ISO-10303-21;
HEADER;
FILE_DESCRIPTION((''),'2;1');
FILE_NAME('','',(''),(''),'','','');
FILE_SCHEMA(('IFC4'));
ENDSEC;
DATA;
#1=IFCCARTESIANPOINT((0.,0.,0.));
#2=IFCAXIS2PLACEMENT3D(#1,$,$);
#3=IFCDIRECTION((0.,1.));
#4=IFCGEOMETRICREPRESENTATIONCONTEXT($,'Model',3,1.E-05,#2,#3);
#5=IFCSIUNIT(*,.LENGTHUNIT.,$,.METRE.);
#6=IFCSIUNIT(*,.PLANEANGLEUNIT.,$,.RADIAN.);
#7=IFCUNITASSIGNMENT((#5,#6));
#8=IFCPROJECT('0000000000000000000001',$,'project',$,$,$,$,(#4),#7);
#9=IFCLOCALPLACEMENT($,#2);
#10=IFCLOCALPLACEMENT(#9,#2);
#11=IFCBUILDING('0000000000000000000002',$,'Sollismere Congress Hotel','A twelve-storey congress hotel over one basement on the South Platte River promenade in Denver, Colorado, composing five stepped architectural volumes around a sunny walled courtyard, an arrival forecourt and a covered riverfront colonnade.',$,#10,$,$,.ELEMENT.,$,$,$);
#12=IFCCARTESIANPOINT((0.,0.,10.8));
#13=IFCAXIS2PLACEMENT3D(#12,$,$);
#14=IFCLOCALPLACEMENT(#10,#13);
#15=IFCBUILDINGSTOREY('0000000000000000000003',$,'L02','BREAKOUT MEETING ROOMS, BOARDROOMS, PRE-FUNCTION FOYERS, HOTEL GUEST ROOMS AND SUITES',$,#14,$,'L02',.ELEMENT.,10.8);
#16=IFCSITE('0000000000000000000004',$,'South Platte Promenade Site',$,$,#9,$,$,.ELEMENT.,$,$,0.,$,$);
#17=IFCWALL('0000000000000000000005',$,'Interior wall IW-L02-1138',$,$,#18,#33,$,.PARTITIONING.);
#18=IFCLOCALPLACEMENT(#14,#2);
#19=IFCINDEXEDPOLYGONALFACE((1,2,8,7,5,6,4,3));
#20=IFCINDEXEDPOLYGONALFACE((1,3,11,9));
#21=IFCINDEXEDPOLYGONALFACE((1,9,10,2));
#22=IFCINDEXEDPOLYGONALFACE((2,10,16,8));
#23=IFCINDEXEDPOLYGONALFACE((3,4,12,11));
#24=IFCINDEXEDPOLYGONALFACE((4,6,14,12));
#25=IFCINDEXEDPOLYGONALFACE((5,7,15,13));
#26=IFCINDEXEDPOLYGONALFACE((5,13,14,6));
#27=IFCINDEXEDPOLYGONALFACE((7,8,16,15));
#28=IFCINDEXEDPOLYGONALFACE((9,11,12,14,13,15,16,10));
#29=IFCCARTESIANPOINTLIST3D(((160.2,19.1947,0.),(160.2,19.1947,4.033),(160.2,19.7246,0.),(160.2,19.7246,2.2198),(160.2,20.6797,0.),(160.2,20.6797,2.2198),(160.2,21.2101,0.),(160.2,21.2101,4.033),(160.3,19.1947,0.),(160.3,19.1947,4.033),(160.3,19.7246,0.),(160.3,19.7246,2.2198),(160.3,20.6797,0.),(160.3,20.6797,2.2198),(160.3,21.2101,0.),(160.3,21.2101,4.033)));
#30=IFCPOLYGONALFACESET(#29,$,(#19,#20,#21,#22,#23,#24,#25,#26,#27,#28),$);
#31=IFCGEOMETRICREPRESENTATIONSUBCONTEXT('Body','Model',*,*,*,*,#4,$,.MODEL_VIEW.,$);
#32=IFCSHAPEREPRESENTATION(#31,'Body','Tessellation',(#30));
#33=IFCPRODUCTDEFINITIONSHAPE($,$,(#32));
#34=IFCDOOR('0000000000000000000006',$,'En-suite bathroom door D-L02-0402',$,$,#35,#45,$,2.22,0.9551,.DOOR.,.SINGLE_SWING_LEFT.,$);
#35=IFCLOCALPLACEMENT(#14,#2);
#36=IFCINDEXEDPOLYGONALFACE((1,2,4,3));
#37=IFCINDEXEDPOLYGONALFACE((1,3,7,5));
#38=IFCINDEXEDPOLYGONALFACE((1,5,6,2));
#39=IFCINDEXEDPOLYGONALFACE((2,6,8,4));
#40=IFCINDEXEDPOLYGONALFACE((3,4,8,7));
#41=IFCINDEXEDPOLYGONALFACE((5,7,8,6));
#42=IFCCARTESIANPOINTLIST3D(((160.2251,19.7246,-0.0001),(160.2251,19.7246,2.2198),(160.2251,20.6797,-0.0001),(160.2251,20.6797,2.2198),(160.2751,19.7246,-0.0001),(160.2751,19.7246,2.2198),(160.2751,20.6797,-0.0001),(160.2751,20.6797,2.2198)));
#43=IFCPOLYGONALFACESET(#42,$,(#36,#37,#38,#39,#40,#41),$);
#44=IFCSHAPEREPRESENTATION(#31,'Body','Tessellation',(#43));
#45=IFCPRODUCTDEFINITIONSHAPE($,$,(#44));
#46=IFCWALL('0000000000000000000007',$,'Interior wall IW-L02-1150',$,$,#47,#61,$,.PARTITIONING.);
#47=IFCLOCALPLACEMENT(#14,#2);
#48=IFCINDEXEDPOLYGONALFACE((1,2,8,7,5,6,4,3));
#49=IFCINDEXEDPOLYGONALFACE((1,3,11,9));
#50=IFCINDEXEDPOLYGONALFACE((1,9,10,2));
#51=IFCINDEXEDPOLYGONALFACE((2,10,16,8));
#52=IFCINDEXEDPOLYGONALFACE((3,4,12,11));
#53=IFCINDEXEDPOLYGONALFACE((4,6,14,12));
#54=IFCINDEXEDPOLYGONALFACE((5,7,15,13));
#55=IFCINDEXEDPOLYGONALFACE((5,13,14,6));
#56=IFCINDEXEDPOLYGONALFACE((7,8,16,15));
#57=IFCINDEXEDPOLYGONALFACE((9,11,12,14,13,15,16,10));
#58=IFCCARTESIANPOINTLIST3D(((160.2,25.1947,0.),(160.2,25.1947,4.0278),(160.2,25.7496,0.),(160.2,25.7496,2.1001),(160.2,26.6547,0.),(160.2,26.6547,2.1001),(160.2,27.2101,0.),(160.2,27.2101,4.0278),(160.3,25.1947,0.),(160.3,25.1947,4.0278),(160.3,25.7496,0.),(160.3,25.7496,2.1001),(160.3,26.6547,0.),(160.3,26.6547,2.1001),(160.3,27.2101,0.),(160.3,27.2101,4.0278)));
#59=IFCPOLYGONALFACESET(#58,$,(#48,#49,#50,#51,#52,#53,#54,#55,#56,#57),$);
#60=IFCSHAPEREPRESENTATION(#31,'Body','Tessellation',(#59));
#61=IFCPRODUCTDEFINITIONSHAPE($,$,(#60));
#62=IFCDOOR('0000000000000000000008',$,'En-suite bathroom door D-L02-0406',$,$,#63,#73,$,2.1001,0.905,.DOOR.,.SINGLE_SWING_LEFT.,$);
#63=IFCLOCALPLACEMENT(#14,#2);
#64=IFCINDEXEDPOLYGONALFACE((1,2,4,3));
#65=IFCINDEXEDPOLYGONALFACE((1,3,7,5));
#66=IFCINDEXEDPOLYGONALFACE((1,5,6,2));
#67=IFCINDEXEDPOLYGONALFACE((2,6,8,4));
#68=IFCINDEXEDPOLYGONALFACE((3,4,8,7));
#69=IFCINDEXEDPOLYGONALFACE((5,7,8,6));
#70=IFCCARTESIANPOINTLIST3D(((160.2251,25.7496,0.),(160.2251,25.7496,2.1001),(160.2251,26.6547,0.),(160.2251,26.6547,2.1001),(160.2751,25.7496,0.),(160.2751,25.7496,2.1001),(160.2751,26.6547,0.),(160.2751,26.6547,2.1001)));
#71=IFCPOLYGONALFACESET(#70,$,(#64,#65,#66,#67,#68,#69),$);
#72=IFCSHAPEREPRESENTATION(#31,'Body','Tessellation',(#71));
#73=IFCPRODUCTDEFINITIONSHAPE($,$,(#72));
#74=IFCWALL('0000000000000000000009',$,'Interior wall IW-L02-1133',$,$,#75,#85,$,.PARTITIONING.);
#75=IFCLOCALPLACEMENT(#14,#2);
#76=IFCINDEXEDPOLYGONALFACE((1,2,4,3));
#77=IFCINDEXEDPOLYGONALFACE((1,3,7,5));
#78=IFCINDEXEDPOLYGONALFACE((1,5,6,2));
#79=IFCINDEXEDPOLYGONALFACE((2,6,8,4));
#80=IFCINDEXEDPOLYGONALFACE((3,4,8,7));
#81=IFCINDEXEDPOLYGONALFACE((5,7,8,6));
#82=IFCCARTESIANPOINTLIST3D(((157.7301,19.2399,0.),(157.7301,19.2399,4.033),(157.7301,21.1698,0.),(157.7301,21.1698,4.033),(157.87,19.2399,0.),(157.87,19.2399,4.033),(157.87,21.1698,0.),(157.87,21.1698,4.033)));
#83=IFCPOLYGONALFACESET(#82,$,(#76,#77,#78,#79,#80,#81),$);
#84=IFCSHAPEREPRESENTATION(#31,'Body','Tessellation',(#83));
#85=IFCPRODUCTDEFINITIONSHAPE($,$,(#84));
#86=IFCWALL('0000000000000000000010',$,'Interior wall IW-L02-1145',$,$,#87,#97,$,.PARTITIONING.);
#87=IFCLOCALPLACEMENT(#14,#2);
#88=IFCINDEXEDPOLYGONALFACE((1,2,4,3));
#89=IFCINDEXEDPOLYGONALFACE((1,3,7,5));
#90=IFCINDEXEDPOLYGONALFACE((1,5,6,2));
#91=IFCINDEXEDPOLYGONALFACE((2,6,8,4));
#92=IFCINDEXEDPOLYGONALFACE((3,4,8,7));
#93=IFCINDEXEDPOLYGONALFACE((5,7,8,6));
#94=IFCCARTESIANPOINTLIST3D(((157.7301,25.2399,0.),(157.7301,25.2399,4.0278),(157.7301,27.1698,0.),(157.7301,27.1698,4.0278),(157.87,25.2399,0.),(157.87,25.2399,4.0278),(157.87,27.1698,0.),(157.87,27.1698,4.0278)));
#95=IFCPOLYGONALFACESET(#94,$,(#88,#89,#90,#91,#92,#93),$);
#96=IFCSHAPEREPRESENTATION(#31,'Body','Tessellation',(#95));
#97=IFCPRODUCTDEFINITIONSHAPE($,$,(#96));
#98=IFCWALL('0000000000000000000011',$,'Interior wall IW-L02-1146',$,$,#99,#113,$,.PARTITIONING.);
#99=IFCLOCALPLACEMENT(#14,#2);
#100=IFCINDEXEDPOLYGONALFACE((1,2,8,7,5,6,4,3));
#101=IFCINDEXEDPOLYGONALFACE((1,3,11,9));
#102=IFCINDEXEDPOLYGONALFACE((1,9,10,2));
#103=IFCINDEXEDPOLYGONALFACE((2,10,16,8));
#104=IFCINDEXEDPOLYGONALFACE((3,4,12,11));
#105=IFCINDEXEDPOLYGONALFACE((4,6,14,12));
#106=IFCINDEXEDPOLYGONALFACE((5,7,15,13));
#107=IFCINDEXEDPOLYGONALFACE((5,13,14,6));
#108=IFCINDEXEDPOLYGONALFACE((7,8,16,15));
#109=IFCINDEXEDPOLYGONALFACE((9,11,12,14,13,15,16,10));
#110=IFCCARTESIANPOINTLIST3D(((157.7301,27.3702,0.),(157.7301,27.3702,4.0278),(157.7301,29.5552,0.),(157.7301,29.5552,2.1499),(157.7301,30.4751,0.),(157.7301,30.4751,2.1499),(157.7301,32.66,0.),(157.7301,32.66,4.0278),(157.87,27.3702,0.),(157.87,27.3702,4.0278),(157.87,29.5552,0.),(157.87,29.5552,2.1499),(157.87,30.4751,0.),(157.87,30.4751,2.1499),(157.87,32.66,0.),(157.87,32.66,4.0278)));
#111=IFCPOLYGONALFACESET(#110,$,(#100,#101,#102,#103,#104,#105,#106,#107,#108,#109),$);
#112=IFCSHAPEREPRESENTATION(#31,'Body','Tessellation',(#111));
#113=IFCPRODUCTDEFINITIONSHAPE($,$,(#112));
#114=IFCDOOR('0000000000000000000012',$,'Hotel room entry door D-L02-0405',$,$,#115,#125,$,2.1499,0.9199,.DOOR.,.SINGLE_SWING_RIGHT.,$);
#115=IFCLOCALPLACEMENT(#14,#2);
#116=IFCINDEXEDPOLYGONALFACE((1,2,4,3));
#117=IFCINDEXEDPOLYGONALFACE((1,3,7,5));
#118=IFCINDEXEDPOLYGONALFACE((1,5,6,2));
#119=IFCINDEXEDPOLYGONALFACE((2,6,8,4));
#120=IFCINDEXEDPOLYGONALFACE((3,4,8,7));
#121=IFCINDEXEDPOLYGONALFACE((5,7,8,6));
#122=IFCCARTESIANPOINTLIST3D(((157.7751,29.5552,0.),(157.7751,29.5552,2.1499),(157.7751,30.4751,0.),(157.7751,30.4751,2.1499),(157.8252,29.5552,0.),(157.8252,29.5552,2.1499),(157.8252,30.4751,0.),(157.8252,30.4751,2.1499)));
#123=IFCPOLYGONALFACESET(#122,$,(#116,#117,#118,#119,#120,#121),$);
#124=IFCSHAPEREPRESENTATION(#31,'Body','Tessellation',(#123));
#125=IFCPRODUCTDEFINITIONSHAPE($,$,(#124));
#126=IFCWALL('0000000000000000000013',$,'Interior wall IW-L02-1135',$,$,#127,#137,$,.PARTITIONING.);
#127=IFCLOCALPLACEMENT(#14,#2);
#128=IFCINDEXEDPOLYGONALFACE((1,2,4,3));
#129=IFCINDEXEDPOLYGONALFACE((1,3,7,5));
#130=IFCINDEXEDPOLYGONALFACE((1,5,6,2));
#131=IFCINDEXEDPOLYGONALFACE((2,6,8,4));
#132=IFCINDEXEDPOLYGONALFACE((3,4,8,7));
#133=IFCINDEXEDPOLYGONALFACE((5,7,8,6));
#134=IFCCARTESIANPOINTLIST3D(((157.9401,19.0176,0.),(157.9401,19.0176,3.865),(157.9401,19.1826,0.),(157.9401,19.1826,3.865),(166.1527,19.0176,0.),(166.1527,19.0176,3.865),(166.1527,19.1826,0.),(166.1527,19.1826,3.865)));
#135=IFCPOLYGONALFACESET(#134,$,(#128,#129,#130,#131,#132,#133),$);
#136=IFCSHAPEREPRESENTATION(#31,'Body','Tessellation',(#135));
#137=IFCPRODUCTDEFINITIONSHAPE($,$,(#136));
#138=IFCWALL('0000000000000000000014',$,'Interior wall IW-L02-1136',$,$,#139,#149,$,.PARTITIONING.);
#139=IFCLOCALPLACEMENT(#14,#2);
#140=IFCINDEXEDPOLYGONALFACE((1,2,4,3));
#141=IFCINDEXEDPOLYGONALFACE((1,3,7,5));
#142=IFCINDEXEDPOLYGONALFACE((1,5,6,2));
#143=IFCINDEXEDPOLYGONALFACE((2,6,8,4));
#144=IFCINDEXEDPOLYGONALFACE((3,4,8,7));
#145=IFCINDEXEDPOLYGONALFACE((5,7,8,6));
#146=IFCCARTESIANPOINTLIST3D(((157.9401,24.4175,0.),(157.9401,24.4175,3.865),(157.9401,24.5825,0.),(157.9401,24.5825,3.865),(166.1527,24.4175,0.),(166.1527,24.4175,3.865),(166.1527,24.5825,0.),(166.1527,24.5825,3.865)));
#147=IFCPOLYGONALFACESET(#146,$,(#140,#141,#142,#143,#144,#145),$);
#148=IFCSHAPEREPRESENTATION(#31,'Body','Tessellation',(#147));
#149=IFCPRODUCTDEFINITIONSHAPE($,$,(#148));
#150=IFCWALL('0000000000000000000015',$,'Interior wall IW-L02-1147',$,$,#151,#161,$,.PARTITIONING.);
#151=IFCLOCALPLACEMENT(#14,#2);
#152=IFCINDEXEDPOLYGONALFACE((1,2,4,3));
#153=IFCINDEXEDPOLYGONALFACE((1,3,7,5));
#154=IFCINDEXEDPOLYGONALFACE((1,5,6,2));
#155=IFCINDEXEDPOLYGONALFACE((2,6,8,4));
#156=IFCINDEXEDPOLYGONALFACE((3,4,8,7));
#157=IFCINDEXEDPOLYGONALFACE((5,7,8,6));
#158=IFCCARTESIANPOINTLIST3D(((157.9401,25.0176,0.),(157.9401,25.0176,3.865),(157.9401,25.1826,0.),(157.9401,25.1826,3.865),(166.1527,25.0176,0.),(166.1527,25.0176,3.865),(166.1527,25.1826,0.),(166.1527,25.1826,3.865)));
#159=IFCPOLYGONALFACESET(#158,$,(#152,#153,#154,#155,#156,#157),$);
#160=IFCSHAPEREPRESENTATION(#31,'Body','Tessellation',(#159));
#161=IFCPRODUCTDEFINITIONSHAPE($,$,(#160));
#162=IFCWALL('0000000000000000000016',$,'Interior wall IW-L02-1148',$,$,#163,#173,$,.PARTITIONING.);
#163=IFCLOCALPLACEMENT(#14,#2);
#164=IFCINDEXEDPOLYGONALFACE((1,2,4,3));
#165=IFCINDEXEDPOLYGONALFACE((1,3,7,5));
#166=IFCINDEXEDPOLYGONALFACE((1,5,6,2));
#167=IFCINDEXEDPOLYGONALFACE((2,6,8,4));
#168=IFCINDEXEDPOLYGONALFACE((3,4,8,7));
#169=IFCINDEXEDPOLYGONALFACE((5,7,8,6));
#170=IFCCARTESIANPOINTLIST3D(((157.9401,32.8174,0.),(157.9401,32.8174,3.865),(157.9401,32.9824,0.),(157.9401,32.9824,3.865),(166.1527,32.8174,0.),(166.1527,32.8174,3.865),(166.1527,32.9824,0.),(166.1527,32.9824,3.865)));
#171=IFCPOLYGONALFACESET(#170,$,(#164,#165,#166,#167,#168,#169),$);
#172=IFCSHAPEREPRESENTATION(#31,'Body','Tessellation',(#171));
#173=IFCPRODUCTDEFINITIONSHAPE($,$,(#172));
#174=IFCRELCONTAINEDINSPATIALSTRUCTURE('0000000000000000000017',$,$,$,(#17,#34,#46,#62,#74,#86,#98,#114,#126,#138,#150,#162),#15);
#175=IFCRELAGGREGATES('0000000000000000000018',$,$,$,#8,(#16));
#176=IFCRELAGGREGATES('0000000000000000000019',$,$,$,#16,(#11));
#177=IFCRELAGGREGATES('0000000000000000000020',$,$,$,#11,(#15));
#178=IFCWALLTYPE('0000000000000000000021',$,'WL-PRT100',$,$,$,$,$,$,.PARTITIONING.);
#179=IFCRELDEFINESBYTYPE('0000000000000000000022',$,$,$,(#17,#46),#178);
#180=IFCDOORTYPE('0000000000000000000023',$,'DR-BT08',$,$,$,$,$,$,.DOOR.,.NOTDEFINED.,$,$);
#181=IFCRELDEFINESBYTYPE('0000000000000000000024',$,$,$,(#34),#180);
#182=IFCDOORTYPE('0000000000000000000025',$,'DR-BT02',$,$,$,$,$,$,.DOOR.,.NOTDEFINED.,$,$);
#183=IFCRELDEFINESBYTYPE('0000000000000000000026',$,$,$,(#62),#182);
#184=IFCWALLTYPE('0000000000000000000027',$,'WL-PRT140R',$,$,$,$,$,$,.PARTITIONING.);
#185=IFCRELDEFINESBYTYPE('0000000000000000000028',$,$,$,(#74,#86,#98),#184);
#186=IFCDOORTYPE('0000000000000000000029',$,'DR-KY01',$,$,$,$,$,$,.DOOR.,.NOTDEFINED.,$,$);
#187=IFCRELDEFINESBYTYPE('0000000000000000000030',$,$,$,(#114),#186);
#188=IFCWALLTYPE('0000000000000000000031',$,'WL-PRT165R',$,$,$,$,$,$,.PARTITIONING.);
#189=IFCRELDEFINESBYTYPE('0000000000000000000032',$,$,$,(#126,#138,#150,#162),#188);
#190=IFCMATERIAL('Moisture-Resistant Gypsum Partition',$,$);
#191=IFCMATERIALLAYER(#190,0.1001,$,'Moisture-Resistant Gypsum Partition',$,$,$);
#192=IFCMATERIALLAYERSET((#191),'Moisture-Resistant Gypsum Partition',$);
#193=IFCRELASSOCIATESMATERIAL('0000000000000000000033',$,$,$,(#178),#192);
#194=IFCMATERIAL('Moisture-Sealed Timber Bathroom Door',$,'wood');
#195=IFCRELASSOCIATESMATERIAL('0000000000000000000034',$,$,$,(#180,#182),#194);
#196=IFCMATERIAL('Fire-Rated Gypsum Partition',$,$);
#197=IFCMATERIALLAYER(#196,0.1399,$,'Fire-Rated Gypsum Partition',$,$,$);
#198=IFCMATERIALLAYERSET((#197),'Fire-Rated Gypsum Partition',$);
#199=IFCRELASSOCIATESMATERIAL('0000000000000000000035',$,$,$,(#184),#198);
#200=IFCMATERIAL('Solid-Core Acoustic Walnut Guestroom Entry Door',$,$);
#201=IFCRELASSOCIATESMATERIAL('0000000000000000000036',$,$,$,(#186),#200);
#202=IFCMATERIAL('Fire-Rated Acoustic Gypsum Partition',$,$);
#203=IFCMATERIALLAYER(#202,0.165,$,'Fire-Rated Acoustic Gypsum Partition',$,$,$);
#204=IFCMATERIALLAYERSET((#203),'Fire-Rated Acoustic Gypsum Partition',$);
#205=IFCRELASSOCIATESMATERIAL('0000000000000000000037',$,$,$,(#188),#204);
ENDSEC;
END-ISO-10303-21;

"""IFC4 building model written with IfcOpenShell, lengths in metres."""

from ifc_helpers import new_model, si_unit, direction, frame, frame_2d, origin, place, context, subcontext, project, spatial, rectangle, extrude, material, layer, layer_set, type_object, element, fill, save


model = new_model("IFC4")

# Units and contexts
model_context = context("Model", 3, precision=1e-05, world=origin(), true_north=direction((0.0, 1.0)))
body_context = subcontext(model_context, "Body", "Model", "MODEL_VIEW")
ifc_project = project(units=[si_unit("LENGTHUNIT", "METRE"), si_unit("PLANEANGLEUNIT", "RADIAN")], contexts=[model_context])

# Site, building, storey
site_placement = place(None, origin())
site = spatial("IfcSite", under=ifc_project, at=site_placement, Name="South Platte Promenade Site", CompositionType="ELEMENT", RefElevation=0.0)
building_placement = place(site_placement, origin())
building = spatial("IfcBuilding", under=site, at=building_placement, Name="Sollismere Congress Hotel", Description="A twelve-storey congress hotel over one basement on the South Platte River promenade in Denver, Colorado, composing five stepped architectural volumes around a sunny walled courtyard, an arrival forecourt and a covered riverfront colonnade.", CompositionType="ELEMENT")
storey_placement = place(building_placement, frame((0.0, 0.0, 10.8)))
storey = spatial("IfcBuildingStorey", under=building, at=storey_placement, Name="L02", Description="BREAKOUT MEETING ROOMS, BOARDROOMS, PRE-FUNCTION FOYERS, HOTEL GUEST ROOMS AND SUITES", LongName="L02", CompositionType="ELEMENT", Elevation=10.8)

# Walls, openings, doors
ifc_material_1 = material(Name="Moisture-Resistant Gypsum Partition")
ifc_layer_1 = layer(ifc_material_1, 0.1001, Name="Moisture-Resistant Gypsum Partition")
ifc_layer_set_1 = layer_set([ifc_layer_1], Name="Moisture-Resistant Gypsum Partition")
wall_type_1 = type_object("IfcWallType", Name="WL-PRT100", PredefinedType="PARTITIONING", material=ifc_layer_set_1)
wall_1_placement = place(storey_placement, frame((160.25, 19.1946, 0.0), z_axis=(0.0, 0.0, 1.0), x_axis=(0.0, 1.0, 0.0)))
wall_1 = element("IfcWall", 1, at=wall_1_placement, inside=storey, type_object=wall_type_1, Name="Interior wall IW-L02-1138", PredefinedType="PARTITIONING", context=body_context, shape_type="SweptSolid", body=[
    extrude(rectangle(XDim=2.0154, YDim=0.1001, at=frame_2d((1.0078, 0.0))), origin(), (0.0, 0.0, 1.0), 4.033),
])
opening_1_placement = place(wall_1_placement, frame((0.53, 0.0, 0.0)))
opening_1 = element("IfcOpeningElement", 2, at=opening_1_placement, cuts=wall_1, PredefinedType="OPENING", context=body_context, shape_type="SweptSolid", body=[
    extrude(rectangle(XDim=0.9551, YDim=2.22, at=frame_2d((0.4775, 1.1099))), frame((0.0, 0.0601, 0.0), z_axis=(0.0, -1.0, 0.0), x_axis=(1.0, 0.0, 0.0)), (0.0, 0.0, 1.0), 0.1201),
])
ifc_material_2 = material(Name="Moisture-Sealed Timber Bathroom Door", Category="wood")
door_type_1 = type_object("IfcDoorType", Name="DR-BT08", OperationType="NOTDEFINED", PredefinedType="DOOR", material=ifc_material_2)
door_1_placement = place(opening_1_placement, origin())
door_1 = element("IfcDoor", 3, at=door_1_placement, inside=storey, type_object=door_type_1, Name="En-suite bathroom door D-L02-0402", OperationType="SINGLE_SWING_LEFT", OverallHeight=2.22, OverallWidth=0.9551, PredefinedType="DOOR", context=body_context, shape_type="SweptSolid", body=[
    extrude(rectangle(XDim=0.9551, YDim=2.22, at=frame_2d((0.4775, 1.1099))), frame((0.0, 0.0249, 0.0), z_axis=(0.0, -1.0, 0.0), x_axis=(1.0, 0.0, 0.0)), (0.0, 0.0, 1.0), 0.05),
])
fill(opening_1, door_1)
wall_2_placement = place(storey_placement, frame((160.25, 25.1946, 0.0), z_axis=(0.0, 0.0, 1.0), x_axis=(0.0, 1.0, 0.0)))
wall_2 = element("IfcWall", 4, at=wall_2_placement, inside=storey, type_object=wall_type_1, Name="Interior wall IW-L02-1150", PredefinedType="PARTITIONING", context=body_context, shape_type="SweptSolid", body=[
    extrude(rectangle(XDim=2.0154, YDim=0.1001, at=frame_2d((1.0078, 0.0))), origin(), (0.0, 0.0, 1.0), 4.0278),
])
opening_2_placement = place(wall_2_placement, frame((0.5549, 0.0, 0.0)))
opening_2 = element("IfcOpeningElement", 5, at=opening_2_placement, cuts=wall_2, PredefinedType="OPENING", context=body_context, shape_type="SweptSolid", body=[
    extrude(rectangle(XDim=0.905, YDim=2.1001, at=frame_2d((0.4526, 1.05))), frame((0.0, 0.0601, 0.0), z_axis=(0.0, -1.0, 0.0), x_axis=(1.0, 0.0, 0.0)), (0.0, 0.0, 1.0), 0.1201),
])
door_type_2 = type_object("IfcDoorType", Name="DR-BT02", OperationType="NOTDEFINED", PredefinedType="DOOR", material=ifc_material_2)
door_2_placement = place(opening_2_placement, origin())
door_2 = element("IfcDoor", 6, at=door_2_placement, inside=storey, type_object=door_type_2, Name="En-suite bathroom door D-L02-0406", OperationType="SINGLE_SWING_LEFT", OverallHeight=2.1001, OverallWidth=0.905, PredefinedType="DOOR", context=body_context, shape_type="SweptSolid", body=[
    extrude(rectangle(XDim=0.905, YDim=2.1001, at=frame_2d((0.4526, 1.05))), frame((0.0, 0.0249, 0.0), z_axis=(0.0, -1.0, 0.0), x_axis=(1.0, 0.0, 0.0)), (0.0, 0.0, 1.0), 0.05),
])
fill(opening_2, door_2)

# Wall
ifc_material_3 = material(Name="Fire-Rated Gypsum Partition")
ifc_layer_2 = layer(ifc_material_3, 0.1399, Name="Fire-Rated Gypsum Partition")
ifc_layer_set_2 = layer_set([ifc_layer_2], Name="Fire-Rated Gypsum Partition")
wall_type_2 = type_object("IfcWallType", Name="WL-PRT140R", PredefinedType="PARTITIONING", material=ifc_layer_set_2)
wall_3_placement = place(storey_placement, frame((157.8, 19.24, 0.0), z_axis=(0.0, 0.0, 1.0), x_axis=(0.0, 1.0, 0.0)))
element("IfcWall", 7, at=wall_3_placement, inside=storey, type_object=wall_type_2, Name="Interior wall IW-L02-1133", PredefinedType="PARTITIONING", context=body_context, shape_type="SweptSolid", body=[
    extrude(rectangle(XDim=1.9299, YDim=0.1399, at=frame_2d((0.9648, 0.0))), origin(), (0.0, 0.0, 1.0), 4.033),
])

# Shared definitions
ifc_material_4 = material(Name="Solid-Core Acoustic Walnut Guestroom Entry Door")

# Wall
wall_4_placement = place(storey_placement, frame((157.8, 25.24, 0.0), z_axis=(0.0, 0.0, 1.0), x_axis=(0.0, 1.0, 0.0)))
element("IfcWall", 8, at=wall_4_placement, inside=storey, type_object=wall_type_2, Name="Interior wall IW-L02-1145", PredefinedType="PARTITIONING", context=body_context, shape_type="SweptSolid", body=[
    extrude(rectangle(XDim=1.9299, YDim=0.1399, at=frame_2d((0.9648, 0.0))), origin(), (0.0, 0.0, 1.0), 4.0278),
])

# Wall, opening, door
wall_5_placement = place(storey_placement, frame((157.8, 27.3701, 0.0), z_axis=(0.0, 0.0, 1.0), x_axis=(0.0, 1.0, 0.0)))
wall_5 = element("IfcWall", 9, at=wall_5_placement, inside=storey, type_object=wall_type_2, Name="Interior wall IW-L02-1146", PredefinedType="PARTITIONING", context=body_context, shape_type="SweptSolid", body=[
    extrude(rectangle(XDim=5.2898, YDim=0.1399, at=frame_2d((2.645, 0.0))), origin(), (0.0, 0.0, 1.0), 4.0278),
])
opening_3_placement = place(wall_5_placement, frame((2.1851, 0.0, 0.0)))
opening_3 = element("IfcOpeningElement", 10, at=opening_3_placement, cuts=wall_5, PredefinedType="OPENING", context=body_context, shape_type="SweptSolid", body=[
    extrude(rectangle(XDim=0.9199, YDim=2.1499, at=frame_2d((0.46, 1.075))), frame((0.0, 0.0798, 0.0), z_axis=(0.0, -1.0, 0.0), x_axis=(1.0, 0.0, 0.0)), (0.0, 0.0, 1.0), 0.1599),
])
door_type_3 = type_object("IfcDoorType", Name="DR-KY01", OperationType="NOTDEFINED", PredefinedType="DOOR", material=ifc_material_4)
door_3_placement = place(opening_3_placement, origin())
door_3 = element("IfcDoor", 11, at=door_3_placement, inside=storey, type_object=door_type_3, Name="Hotel room entry door D-L02-0405", OperationType="SINGLE_SWING_RIGHT", OverallHeight=2.1499, OverallWidth=0.9199, PredefinedType="DOOR", context=body_context, shape_type="SweptSolid", body=[
    extrude(rectangle(XDim=0.9199, YDim=2.1499, at=frame_2d((0.46, 1.075))), frame((0.0, 0.0249, 0.0), z_axis=(0.0, -1.0, 0.0), x_axis=(1.0, 0.0, 0.0)), (0.0, 0.0, 1.0), 0.05),
])
fill(opening_3, door_3)

# Walls
ifc_material_5 = material(Name="Fire-Rated Acoustic Gypsum Partition")
ifc_layer_3 = layer(ifc_material_5, 0.165, Name="Fire-Rated Acoustic Gypsum Partition")
ifc_layer_set_3 = layer_set([ifc_layer_3], Name="Fire-Rated Acoustic Gypsum Partition")
wall_type_3 = type_object("IfcWallType", Name="WL-PRT165R", PredefinedType="PARTITIONING", material=ifc_layer_set_3)
for number, where, z_axis, x_axis, name in (
    (12, (157.9399, 19.1001, 0.0), (0.0, 0.0, 1.0), (1.0, 0.0, 0.0), "Interior wall IW-L02-1135"),
    (13, (157.9399, 24.5, 0.0), (0.0, 0.0, 1.0), (1.0, 0.0, 0.0), "Interior wall IW-L02-1136"),
    (14, (157.9399, 25.1001, 0.0), (0.0, 0.0, 1.0), (1.0, 0.0, 0.0), "Interior wall IW-L02-1147"),
    (15, (157.9399, 32.8999, 0.0), (0.0, 0.0, 1.0), (1.0, 0.0, 0.0), "Interior wall IW-L02-1148"),
):
    element("IfcWall", number, at=place(storey_placement, frame(where, z_axis=z_axis, x_axis=x_axis)), inside=storey, type_object=wall_type_3, Name=name, PredefinedType="PARTITIONING", context=body_context, shape_type="SweptSolid", body=[
        extrude(rectangle(XDim=8.2126, YDim=0.165, at=frame_2d((4.1064, 0.0))), origin(), (0.0, 0.0, 1.0), 3.865),
    ])

save(model, "model.ifc")
